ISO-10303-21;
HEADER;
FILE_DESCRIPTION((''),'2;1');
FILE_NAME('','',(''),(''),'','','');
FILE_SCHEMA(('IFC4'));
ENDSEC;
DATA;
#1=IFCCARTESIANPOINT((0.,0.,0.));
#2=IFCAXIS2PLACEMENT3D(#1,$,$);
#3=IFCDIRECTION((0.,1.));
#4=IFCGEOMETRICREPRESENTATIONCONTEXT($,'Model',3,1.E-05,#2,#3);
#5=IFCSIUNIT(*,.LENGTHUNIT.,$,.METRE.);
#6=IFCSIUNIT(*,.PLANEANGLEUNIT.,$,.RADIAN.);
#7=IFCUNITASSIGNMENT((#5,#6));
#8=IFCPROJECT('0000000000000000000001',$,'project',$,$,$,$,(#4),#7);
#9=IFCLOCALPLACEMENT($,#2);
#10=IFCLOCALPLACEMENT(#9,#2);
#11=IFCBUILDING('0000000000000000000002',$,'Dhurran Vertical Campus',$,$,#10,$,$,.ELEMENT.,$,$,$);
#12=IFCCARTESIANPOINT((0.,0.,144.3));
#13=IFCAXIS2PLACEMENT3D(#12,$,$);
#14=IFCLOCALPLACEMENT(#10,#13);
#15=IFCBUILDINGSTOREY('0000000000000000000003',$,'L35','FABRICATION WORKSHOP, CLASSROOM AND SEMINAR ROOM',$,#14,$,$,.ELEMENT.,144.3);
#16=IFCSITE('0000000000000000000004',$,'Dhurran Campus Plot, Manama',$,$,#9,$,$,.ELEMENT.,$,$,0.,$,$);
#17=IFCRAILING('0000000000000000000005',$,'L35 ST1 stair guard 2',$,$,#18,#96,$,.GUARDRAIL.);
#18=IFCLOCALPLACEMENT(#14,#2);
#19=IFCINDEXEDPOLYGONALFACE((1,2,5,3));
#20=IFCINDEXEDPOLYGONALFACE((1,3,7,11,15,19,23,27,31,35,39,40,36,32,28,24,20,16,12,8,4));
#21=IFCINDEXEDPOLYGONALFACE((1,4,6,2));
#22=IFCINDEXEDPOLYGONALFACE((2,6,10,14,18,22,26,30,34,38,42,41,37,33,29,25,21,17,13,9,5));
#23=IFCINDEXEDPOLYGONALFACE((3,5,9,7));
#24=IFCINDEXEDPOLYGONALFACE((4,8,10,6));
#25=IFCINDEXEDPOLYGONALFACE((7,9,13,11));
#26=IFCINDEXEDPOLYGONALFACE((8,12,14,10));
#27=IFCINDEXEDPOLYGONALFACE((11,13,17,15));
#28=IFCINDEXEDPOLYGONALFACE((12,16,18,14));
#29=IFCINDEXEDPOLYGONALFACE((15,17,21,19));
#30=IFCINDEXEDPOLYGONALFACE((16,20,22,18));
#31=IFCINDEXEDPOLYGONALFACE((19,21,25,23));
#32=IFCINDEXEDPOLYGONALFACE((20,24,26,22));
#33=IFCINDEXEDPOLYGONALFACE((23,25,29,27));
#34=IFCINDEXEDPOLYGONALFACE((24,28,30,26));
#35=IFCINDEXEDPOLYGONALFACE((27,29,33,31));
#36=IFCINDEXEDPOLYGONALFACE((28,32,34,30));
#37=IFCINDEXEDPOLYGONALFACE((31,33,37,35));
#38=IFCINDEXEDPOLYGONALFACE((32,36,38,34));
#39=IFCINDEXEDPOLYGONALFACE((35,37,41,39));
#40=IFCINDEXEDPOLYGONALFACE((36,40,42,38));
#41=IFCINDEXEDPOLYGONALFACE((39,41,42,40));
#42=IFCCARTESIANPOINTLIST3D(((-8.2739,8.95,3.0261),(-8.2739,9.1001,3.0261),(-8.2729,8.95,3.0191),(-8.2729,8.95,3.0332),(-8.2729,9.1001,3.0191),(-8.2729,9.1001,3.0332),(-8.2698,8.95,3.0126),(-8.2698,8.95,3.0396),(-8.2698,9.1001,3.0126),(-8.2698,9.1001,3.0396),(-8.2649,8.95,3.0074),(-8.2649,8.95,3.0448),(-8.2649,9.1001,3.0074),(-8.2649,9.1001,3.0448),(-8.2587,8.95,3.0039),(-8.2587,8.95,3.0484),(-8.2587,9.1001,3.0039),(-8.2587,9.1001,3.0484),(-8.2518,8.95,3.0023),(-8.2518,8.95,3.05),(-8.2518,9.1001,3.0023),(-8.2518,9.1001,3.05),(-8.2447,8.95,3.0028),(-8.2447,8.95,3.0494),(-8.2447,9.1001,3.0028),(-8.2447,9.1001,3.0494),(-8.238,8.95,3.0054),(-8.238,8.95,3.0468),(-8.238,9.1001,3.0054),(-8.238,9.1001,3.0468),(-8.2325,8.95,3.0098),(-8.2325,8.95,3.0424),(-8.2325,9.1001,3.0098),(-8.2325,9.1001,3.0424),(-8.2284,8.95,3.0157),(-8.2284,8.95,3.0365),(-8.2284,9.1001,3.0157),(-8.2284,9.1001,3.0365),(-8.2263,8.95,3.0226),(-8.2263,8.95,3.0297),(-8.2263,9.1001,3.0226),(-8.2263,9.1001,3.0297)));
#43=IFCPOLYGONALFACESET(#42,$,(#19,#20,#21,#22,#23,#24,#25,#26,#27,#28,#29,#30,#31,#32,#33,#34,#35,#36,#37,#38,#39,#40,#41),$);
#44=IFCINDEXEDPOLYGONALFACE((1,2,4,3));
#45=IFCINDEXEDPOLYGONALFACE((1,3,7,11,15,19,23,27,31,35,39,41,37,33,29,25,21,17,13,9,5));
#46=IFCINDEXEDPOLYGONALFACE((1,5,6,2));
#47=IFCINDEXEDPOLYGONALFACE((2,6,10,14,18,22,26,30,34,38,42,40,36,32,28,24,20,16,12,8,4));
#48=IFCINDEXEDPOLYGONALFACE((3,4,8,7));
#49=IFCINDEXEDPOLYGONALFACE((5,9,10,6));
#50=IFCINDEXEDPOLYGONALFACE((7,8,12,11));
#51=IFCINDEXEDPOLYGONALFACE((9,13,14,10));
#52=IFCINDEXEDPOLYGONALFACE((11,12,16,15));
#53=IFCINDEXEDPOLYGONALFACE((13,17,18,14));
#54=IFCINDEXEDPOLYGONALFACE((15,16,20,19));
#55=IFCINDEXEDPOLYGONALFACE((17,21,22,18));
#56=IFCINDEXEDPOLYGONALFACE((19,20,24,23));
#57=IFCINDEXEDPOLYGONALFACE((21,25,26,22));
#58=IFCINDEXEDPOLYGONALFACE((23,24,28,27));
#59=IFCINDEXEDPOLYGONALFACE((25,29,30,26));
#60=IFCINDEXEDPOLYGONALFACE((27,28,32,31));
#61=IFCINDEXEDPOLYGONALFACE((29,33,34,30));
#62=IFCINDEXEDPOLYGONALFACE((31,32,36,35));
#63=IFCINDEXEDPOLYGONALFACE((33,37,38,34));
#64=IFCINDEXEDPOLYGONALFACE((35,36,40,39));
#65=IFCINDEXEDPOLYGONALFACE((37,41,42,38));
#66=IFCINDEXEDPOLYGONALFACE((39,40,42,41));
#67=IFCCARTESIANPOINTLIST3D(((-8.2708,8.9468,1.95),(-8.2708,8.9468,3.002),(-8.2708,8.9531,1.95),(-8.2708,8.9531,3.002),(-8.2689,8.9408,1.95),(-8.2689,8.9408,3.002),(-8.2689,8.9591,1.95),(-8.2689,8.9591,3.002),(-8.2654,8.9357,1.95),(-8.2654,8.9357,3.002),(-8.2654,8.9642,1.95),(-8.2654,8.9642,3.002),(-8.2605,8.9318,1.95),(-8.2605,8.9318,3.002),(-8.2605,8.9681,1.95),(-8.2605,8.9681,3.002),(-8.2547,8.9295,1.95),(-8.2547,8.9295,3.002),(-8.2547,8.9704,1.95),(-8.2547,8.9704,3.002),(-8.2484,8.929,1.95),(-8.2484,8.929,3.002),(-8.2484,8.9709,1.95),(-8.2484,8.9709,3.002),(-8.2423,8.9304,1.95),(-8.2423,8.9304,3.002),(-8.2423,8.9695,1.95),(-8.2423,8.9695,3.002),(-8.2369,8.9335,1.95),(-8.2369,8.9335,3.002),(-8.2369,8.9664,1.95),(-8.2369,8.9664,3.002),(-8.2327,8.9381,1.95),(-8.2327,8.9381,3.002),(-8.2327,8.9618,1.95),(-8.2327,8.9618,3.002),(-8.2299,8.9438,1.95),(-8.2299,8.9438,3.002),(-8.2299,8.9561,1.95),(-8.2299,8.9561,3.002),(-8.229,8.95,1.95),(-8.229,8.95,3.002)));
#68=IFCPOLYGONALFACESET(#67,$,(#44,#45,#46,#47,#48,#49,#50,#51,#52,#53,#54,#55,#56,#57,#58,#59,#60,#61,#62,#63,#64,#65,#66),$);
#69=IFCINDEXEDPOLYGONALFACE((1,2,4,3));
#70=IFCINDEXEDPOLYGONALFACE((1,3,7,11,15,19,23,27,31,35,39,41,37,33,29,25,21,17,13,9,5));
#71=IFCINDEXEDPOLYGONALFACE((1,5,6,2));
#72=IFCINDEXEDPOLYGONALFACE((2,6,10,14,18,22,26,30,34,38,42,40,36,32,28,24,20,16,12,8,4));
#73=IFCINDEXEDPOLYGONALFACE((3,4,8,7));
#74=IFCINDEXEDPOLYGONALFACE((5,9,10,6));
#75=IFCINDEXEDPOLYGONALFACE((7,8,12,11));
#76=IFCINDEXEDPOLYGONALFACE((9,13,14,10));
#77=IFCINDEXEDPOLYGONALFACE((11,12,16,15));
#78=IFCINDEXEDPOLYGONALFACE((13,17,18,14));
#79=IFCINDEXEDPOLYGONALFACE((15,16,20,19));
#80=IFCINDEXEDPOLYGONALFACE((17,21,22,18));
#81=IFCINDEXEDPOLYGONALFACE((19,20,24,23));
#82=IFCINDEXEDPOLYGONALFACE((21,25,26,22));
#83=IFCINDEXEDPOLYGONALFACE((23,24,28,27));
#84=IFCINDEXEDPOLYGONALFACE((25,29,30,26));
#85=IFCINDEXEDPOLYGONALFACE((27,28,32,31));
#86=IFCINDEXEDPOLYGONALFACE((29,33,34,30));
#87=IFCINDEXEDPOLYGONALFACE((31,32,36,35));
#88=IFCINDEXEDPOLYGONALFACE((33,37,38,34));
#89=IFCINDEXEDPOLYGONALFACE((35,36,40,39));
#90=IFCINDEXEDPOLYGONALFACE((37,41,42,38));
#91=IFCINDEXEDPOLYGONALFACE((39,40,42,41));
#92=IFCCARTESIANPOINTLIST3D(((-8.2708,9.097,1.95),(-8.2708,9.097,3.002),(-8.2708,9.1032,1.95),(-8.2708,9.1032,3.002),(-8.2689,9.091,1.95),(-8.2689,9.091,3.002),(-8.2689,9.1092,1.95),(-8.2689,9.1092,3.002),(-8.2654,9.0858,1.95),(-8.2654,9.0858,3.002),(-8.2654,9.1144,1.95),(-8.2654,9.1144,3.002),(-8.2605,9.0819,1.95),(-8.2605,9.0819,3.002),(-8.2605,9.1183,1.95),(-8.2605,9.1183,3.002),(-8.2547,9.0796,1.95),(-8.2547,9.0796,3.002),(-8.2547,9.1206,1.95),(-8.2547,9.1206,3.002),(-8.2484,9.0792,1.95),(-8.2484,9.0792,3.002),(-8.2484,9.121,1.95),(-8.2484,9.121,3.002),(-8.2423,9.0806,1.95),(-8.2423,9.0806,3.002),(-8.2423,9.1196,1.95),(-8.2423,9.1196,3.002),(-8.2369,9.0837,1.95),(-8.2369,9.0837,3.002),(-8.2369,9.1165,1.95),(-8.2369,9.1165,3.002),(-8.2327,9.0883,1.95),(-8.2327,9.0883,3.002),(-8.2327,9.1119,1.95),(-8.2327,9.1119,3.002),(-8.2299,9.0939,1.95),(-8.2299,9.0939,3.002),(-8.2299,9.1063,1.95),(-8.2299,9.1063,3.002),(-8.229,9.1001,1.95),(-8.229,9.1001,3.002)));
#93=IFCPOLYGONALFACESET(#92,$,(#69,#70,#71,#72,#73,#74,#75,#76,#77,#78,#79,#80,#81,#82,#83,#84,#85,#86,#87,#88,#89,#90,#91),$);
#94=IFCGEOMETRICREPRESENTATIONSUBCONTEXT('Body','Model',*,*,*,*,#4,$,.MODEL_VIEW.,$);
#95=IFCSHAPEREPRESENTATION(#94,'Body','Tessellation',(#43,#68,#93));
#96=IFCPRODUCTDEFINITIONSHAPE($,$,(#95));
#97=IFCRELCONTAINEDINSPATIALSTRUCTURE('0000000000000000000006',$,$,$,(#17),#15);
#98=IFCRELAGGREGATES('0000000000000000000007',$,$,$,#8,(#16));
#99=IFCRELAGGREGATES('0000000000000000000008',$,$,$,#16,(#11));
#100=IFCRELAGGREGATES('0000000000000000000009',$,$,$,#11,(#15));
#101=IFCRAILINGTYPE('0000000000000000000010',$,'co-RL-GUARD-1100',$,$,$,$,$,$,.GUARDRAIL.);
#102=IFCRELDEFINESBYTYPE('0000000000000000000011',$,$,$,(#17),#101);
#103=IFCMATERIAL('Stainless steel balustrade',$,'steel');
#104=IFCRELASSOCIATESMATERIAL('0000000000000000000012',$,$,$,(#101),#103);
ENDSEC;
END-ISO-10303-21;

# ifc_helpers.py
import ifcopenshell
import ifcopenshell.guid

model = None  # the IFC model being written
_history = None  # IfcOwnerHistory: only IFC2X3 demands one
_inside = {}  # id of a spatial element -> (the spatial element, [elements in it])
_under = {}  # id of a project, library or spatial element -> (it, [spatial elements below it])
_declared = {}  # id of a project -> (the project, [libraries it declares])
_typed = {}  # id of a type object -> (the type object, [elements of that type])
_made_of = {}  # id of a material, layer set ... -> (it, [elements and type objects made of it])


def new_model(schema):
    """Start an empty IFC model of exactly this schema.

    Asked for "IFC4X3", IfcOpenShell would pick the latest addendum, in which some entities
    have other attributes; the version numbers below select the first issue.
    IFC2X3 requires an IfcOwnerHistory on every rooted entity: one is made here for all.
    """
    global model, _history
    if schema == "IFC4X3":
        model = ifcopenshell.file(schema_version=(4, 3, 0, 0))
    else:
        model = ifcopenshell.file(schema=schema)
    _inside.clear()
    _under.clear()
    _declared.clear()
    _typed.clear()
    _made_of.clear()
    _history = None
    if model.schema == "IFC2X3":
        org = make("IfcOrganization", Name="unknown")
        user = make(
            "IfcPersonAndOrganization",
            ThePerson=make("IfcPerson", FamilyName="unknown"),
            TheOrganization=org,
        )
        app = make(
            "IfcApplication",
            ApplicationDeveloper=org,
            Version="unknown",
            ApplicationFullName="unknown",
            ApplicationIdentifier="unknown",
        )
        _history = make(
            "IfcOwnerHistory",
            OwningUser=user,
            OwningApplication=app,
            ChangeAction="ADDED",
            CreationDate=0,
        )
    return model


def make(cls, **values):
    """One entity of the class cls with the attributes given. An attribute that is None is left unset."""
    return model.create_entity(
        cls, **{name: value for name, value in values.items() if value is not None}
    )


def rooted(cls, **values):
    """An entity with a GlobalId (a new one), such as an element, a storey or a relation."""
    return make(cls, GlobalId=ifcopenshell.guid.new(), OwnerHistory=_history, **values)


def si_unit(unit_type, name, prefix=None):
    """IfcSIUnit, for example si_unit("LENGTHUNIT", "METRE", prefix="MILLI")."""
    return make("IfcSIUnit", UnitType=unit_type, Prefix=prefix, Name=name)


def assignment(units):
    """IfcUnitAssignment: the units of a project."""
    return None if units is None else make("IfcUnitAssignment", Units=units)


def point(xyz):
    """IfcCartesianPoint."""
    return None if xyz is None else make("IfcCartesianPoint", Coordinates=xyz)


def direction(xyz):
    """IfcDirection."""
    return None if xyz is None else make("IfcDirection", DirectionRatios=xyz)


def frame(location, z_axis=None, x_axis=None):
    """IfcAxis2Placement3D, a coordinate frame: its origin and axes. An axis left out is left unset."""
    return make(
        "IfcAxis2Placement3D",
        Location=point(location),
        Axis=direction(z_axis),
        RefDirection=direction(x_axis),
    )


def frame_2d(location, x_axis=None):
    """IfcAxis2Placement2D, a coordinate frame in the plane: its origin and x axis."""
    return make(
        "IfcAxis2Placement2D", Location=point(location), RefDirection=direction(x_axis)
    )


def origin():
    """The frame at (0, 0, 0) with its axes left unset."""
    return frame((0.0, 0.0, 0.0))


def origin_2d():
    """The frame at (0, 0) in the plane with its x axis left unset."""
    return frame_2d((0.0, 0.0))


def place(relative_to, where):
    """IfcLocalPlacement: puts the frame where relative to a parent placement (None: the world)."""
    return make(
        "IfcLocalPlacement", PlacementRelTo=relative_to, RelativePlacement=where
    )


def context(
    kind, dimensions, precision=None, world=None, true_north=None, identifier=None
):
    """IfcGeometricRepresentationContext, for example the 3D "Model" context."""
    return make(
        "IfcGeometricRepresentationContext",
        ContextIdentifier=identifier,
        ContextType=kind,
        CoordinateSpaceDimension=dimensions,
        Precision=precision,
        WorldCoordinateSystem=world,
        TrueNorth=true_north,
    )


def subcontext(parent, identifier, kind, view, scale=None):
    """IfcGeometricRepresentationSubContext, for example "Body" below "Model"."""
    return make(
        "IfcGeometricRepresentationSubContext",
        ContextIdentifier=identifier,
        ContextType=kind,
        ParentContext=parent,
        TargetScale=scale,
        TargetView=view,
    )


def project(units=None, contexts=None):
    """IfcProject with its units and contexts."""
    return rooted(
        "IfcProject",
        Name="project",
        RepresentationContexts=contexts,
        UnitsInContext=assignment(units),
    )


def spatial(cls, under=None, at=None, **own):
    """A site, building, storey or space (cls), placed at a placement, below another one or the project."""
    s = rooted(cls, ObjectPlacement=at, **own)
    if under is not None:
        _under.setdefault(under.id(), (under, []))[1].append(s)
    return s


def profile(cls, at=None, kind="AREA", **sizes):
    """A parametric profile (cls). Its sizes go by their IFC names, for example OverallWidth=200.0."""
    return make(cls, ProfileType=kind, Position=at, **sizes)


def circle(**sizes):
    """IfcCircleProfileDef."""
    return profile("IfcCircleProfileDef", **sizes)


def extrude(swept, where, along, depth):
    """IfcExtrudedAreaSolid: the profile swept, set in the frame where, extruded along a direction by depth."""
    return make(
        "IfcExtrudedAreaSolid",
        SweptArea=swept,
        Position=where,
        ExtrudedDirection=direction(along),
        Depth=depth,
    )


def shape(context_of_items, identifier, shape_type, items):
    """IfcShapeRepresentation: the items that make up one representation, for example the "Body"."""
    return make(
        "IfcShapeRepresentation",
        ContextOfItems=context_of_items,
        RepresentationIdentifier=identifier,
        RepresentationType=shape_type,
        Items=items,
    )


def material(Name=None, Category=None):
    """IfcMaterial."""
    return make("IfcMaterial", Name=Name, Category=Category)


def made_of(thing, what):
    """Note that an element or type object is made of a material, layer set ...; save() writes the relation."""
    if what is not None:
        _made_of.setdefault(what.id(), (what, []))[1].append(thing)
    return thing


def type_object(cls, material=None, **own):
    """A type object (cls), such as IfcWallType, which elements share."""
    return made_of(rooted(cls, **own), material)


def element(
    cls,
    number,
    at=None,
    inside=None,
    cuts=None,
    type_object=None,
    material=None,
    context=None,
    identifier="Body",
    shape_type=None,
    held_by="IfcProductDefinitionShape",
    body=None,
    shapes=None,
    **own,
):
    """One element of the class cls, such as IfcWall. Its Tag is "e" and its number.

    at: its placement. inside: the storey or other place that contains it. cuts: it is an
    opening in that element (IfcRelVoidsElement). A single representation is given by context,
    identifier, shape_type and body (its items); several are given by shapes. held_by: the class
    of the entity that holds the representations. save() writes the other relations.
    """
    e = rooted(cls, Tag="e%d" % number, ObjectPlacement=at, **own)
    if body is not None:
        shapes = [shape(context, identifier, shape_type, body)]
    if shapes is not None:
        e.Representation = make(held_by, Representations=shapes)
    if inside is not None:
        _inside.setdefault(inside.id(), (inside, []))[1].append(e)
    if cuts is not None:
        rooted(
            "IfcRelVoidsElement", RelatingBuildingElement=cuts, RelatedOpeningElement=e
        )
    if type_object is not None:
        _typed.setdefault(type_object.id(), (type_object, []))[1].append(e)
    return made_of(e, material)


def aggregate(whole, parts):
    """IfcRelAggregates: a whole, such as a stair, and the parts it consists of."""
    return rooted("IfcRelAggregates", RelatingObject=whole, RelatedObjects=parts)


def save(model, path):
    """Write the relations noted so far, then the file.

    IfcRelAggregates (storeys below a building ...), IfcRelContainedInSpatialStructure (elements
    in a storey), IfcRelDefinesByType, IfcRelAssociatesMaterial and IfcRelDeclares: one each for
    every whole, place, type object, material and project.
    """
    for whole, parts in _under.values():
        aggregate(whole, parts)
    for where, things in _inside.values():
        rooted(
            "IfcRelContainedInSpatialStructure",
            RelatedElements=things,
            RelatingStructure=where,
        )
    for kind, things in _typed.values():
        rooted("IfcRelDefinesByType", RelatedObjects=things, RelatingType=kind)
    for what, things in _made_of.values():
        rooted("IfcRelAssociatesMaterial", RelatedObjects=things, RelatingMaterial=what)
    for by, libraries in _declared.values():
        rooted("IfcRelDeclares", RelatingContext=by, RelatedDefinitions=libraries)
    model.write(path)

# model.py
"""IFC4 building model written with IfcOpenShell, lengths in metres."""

from ifc_helpers import new_model, si_unit, direction, frame, origin, origin_2d, place, context, subcontext, project, spatial, circle, extrude, material, type_object, element, save


model = new_model("IFC4")

# Units and contexts
model_context = context("Model", 3, precision=1e-05, world=origin(), true_north=direction((0.0, 1.0)))
body_context = subcontext(model_context, "Body", "Model", "MODEL_VIEW")
ifc_project = project(units=[si_unit("LENGTHUNIT", "METRE"), si_unit("PLANEANGLEUNIT", "RADIAN")], contexts=[model_context])

# Site, building, storey
site_placement = place(None, origin())
site = spatial("IfcSite", under=ifc_project, at=site_placement, Name="Dhurran Campus Plot, Manama", CompositionType="ELEMENT", RefElevation=0.0)
building_placement = place(site_placement, origin())
building = spatial("IfcBuilding", under=site, at=building_placement, Name="Dhurran Vertical Campus", CompositionType="ELEMENT")
storey_placement = place(building_placement, frame((0.0, 0.0, 144.3)))
storey = spatial("IfcBuildingStorey", under=building, at=storey_placement, Name="L35", Description="FABRICATION WORKSHOP, CLASSROOM AND SEMINAR ROOM", CompositionType="ELEMENT", Elevation=144.3)

# Railing
ifc_material_1 = material(Name="Stainless steel balustrade", Category="steel")
railing_type_1 = type_object("IfcRailingType", Name="co-RL-GUARD-1100", PredefinedType="GUARDRAIL", material=ifc_material_1)
railing_1_placement = place(storey_placement, frame((-8.25, 8.95, 1.95)))
element("IfcRailing", 1, at=railing_1_placement, inside=storey, type_object=railing_type_1, Name="L35 ST1 stair guard 2", PredefinedType="GUARDRAIL", context=body_context, shape_type="SweptSolid", body=[
    extrude(circle(Radius=0.0239, at=origin_2d()), frame((0.0, 0.0, 1.0762), z_axis=(0.0, 1.0, 0.0), x_axis=(-1.0, 0.0, 0.0)), (0.0, 0.0, 1.0), 0.1501),
    extrude(circle(Radius=0.021, at=origin_2d()), origin(), (0.0, 0.0, 1.0), 1.052),
    extrude(circle(Radius=0.021, at=origin_2d()), frame((0.0, 0.1501, 0.0)), (0.0, 0.0, 1.0), 1.052),
])

save(model, "model.ifc")
